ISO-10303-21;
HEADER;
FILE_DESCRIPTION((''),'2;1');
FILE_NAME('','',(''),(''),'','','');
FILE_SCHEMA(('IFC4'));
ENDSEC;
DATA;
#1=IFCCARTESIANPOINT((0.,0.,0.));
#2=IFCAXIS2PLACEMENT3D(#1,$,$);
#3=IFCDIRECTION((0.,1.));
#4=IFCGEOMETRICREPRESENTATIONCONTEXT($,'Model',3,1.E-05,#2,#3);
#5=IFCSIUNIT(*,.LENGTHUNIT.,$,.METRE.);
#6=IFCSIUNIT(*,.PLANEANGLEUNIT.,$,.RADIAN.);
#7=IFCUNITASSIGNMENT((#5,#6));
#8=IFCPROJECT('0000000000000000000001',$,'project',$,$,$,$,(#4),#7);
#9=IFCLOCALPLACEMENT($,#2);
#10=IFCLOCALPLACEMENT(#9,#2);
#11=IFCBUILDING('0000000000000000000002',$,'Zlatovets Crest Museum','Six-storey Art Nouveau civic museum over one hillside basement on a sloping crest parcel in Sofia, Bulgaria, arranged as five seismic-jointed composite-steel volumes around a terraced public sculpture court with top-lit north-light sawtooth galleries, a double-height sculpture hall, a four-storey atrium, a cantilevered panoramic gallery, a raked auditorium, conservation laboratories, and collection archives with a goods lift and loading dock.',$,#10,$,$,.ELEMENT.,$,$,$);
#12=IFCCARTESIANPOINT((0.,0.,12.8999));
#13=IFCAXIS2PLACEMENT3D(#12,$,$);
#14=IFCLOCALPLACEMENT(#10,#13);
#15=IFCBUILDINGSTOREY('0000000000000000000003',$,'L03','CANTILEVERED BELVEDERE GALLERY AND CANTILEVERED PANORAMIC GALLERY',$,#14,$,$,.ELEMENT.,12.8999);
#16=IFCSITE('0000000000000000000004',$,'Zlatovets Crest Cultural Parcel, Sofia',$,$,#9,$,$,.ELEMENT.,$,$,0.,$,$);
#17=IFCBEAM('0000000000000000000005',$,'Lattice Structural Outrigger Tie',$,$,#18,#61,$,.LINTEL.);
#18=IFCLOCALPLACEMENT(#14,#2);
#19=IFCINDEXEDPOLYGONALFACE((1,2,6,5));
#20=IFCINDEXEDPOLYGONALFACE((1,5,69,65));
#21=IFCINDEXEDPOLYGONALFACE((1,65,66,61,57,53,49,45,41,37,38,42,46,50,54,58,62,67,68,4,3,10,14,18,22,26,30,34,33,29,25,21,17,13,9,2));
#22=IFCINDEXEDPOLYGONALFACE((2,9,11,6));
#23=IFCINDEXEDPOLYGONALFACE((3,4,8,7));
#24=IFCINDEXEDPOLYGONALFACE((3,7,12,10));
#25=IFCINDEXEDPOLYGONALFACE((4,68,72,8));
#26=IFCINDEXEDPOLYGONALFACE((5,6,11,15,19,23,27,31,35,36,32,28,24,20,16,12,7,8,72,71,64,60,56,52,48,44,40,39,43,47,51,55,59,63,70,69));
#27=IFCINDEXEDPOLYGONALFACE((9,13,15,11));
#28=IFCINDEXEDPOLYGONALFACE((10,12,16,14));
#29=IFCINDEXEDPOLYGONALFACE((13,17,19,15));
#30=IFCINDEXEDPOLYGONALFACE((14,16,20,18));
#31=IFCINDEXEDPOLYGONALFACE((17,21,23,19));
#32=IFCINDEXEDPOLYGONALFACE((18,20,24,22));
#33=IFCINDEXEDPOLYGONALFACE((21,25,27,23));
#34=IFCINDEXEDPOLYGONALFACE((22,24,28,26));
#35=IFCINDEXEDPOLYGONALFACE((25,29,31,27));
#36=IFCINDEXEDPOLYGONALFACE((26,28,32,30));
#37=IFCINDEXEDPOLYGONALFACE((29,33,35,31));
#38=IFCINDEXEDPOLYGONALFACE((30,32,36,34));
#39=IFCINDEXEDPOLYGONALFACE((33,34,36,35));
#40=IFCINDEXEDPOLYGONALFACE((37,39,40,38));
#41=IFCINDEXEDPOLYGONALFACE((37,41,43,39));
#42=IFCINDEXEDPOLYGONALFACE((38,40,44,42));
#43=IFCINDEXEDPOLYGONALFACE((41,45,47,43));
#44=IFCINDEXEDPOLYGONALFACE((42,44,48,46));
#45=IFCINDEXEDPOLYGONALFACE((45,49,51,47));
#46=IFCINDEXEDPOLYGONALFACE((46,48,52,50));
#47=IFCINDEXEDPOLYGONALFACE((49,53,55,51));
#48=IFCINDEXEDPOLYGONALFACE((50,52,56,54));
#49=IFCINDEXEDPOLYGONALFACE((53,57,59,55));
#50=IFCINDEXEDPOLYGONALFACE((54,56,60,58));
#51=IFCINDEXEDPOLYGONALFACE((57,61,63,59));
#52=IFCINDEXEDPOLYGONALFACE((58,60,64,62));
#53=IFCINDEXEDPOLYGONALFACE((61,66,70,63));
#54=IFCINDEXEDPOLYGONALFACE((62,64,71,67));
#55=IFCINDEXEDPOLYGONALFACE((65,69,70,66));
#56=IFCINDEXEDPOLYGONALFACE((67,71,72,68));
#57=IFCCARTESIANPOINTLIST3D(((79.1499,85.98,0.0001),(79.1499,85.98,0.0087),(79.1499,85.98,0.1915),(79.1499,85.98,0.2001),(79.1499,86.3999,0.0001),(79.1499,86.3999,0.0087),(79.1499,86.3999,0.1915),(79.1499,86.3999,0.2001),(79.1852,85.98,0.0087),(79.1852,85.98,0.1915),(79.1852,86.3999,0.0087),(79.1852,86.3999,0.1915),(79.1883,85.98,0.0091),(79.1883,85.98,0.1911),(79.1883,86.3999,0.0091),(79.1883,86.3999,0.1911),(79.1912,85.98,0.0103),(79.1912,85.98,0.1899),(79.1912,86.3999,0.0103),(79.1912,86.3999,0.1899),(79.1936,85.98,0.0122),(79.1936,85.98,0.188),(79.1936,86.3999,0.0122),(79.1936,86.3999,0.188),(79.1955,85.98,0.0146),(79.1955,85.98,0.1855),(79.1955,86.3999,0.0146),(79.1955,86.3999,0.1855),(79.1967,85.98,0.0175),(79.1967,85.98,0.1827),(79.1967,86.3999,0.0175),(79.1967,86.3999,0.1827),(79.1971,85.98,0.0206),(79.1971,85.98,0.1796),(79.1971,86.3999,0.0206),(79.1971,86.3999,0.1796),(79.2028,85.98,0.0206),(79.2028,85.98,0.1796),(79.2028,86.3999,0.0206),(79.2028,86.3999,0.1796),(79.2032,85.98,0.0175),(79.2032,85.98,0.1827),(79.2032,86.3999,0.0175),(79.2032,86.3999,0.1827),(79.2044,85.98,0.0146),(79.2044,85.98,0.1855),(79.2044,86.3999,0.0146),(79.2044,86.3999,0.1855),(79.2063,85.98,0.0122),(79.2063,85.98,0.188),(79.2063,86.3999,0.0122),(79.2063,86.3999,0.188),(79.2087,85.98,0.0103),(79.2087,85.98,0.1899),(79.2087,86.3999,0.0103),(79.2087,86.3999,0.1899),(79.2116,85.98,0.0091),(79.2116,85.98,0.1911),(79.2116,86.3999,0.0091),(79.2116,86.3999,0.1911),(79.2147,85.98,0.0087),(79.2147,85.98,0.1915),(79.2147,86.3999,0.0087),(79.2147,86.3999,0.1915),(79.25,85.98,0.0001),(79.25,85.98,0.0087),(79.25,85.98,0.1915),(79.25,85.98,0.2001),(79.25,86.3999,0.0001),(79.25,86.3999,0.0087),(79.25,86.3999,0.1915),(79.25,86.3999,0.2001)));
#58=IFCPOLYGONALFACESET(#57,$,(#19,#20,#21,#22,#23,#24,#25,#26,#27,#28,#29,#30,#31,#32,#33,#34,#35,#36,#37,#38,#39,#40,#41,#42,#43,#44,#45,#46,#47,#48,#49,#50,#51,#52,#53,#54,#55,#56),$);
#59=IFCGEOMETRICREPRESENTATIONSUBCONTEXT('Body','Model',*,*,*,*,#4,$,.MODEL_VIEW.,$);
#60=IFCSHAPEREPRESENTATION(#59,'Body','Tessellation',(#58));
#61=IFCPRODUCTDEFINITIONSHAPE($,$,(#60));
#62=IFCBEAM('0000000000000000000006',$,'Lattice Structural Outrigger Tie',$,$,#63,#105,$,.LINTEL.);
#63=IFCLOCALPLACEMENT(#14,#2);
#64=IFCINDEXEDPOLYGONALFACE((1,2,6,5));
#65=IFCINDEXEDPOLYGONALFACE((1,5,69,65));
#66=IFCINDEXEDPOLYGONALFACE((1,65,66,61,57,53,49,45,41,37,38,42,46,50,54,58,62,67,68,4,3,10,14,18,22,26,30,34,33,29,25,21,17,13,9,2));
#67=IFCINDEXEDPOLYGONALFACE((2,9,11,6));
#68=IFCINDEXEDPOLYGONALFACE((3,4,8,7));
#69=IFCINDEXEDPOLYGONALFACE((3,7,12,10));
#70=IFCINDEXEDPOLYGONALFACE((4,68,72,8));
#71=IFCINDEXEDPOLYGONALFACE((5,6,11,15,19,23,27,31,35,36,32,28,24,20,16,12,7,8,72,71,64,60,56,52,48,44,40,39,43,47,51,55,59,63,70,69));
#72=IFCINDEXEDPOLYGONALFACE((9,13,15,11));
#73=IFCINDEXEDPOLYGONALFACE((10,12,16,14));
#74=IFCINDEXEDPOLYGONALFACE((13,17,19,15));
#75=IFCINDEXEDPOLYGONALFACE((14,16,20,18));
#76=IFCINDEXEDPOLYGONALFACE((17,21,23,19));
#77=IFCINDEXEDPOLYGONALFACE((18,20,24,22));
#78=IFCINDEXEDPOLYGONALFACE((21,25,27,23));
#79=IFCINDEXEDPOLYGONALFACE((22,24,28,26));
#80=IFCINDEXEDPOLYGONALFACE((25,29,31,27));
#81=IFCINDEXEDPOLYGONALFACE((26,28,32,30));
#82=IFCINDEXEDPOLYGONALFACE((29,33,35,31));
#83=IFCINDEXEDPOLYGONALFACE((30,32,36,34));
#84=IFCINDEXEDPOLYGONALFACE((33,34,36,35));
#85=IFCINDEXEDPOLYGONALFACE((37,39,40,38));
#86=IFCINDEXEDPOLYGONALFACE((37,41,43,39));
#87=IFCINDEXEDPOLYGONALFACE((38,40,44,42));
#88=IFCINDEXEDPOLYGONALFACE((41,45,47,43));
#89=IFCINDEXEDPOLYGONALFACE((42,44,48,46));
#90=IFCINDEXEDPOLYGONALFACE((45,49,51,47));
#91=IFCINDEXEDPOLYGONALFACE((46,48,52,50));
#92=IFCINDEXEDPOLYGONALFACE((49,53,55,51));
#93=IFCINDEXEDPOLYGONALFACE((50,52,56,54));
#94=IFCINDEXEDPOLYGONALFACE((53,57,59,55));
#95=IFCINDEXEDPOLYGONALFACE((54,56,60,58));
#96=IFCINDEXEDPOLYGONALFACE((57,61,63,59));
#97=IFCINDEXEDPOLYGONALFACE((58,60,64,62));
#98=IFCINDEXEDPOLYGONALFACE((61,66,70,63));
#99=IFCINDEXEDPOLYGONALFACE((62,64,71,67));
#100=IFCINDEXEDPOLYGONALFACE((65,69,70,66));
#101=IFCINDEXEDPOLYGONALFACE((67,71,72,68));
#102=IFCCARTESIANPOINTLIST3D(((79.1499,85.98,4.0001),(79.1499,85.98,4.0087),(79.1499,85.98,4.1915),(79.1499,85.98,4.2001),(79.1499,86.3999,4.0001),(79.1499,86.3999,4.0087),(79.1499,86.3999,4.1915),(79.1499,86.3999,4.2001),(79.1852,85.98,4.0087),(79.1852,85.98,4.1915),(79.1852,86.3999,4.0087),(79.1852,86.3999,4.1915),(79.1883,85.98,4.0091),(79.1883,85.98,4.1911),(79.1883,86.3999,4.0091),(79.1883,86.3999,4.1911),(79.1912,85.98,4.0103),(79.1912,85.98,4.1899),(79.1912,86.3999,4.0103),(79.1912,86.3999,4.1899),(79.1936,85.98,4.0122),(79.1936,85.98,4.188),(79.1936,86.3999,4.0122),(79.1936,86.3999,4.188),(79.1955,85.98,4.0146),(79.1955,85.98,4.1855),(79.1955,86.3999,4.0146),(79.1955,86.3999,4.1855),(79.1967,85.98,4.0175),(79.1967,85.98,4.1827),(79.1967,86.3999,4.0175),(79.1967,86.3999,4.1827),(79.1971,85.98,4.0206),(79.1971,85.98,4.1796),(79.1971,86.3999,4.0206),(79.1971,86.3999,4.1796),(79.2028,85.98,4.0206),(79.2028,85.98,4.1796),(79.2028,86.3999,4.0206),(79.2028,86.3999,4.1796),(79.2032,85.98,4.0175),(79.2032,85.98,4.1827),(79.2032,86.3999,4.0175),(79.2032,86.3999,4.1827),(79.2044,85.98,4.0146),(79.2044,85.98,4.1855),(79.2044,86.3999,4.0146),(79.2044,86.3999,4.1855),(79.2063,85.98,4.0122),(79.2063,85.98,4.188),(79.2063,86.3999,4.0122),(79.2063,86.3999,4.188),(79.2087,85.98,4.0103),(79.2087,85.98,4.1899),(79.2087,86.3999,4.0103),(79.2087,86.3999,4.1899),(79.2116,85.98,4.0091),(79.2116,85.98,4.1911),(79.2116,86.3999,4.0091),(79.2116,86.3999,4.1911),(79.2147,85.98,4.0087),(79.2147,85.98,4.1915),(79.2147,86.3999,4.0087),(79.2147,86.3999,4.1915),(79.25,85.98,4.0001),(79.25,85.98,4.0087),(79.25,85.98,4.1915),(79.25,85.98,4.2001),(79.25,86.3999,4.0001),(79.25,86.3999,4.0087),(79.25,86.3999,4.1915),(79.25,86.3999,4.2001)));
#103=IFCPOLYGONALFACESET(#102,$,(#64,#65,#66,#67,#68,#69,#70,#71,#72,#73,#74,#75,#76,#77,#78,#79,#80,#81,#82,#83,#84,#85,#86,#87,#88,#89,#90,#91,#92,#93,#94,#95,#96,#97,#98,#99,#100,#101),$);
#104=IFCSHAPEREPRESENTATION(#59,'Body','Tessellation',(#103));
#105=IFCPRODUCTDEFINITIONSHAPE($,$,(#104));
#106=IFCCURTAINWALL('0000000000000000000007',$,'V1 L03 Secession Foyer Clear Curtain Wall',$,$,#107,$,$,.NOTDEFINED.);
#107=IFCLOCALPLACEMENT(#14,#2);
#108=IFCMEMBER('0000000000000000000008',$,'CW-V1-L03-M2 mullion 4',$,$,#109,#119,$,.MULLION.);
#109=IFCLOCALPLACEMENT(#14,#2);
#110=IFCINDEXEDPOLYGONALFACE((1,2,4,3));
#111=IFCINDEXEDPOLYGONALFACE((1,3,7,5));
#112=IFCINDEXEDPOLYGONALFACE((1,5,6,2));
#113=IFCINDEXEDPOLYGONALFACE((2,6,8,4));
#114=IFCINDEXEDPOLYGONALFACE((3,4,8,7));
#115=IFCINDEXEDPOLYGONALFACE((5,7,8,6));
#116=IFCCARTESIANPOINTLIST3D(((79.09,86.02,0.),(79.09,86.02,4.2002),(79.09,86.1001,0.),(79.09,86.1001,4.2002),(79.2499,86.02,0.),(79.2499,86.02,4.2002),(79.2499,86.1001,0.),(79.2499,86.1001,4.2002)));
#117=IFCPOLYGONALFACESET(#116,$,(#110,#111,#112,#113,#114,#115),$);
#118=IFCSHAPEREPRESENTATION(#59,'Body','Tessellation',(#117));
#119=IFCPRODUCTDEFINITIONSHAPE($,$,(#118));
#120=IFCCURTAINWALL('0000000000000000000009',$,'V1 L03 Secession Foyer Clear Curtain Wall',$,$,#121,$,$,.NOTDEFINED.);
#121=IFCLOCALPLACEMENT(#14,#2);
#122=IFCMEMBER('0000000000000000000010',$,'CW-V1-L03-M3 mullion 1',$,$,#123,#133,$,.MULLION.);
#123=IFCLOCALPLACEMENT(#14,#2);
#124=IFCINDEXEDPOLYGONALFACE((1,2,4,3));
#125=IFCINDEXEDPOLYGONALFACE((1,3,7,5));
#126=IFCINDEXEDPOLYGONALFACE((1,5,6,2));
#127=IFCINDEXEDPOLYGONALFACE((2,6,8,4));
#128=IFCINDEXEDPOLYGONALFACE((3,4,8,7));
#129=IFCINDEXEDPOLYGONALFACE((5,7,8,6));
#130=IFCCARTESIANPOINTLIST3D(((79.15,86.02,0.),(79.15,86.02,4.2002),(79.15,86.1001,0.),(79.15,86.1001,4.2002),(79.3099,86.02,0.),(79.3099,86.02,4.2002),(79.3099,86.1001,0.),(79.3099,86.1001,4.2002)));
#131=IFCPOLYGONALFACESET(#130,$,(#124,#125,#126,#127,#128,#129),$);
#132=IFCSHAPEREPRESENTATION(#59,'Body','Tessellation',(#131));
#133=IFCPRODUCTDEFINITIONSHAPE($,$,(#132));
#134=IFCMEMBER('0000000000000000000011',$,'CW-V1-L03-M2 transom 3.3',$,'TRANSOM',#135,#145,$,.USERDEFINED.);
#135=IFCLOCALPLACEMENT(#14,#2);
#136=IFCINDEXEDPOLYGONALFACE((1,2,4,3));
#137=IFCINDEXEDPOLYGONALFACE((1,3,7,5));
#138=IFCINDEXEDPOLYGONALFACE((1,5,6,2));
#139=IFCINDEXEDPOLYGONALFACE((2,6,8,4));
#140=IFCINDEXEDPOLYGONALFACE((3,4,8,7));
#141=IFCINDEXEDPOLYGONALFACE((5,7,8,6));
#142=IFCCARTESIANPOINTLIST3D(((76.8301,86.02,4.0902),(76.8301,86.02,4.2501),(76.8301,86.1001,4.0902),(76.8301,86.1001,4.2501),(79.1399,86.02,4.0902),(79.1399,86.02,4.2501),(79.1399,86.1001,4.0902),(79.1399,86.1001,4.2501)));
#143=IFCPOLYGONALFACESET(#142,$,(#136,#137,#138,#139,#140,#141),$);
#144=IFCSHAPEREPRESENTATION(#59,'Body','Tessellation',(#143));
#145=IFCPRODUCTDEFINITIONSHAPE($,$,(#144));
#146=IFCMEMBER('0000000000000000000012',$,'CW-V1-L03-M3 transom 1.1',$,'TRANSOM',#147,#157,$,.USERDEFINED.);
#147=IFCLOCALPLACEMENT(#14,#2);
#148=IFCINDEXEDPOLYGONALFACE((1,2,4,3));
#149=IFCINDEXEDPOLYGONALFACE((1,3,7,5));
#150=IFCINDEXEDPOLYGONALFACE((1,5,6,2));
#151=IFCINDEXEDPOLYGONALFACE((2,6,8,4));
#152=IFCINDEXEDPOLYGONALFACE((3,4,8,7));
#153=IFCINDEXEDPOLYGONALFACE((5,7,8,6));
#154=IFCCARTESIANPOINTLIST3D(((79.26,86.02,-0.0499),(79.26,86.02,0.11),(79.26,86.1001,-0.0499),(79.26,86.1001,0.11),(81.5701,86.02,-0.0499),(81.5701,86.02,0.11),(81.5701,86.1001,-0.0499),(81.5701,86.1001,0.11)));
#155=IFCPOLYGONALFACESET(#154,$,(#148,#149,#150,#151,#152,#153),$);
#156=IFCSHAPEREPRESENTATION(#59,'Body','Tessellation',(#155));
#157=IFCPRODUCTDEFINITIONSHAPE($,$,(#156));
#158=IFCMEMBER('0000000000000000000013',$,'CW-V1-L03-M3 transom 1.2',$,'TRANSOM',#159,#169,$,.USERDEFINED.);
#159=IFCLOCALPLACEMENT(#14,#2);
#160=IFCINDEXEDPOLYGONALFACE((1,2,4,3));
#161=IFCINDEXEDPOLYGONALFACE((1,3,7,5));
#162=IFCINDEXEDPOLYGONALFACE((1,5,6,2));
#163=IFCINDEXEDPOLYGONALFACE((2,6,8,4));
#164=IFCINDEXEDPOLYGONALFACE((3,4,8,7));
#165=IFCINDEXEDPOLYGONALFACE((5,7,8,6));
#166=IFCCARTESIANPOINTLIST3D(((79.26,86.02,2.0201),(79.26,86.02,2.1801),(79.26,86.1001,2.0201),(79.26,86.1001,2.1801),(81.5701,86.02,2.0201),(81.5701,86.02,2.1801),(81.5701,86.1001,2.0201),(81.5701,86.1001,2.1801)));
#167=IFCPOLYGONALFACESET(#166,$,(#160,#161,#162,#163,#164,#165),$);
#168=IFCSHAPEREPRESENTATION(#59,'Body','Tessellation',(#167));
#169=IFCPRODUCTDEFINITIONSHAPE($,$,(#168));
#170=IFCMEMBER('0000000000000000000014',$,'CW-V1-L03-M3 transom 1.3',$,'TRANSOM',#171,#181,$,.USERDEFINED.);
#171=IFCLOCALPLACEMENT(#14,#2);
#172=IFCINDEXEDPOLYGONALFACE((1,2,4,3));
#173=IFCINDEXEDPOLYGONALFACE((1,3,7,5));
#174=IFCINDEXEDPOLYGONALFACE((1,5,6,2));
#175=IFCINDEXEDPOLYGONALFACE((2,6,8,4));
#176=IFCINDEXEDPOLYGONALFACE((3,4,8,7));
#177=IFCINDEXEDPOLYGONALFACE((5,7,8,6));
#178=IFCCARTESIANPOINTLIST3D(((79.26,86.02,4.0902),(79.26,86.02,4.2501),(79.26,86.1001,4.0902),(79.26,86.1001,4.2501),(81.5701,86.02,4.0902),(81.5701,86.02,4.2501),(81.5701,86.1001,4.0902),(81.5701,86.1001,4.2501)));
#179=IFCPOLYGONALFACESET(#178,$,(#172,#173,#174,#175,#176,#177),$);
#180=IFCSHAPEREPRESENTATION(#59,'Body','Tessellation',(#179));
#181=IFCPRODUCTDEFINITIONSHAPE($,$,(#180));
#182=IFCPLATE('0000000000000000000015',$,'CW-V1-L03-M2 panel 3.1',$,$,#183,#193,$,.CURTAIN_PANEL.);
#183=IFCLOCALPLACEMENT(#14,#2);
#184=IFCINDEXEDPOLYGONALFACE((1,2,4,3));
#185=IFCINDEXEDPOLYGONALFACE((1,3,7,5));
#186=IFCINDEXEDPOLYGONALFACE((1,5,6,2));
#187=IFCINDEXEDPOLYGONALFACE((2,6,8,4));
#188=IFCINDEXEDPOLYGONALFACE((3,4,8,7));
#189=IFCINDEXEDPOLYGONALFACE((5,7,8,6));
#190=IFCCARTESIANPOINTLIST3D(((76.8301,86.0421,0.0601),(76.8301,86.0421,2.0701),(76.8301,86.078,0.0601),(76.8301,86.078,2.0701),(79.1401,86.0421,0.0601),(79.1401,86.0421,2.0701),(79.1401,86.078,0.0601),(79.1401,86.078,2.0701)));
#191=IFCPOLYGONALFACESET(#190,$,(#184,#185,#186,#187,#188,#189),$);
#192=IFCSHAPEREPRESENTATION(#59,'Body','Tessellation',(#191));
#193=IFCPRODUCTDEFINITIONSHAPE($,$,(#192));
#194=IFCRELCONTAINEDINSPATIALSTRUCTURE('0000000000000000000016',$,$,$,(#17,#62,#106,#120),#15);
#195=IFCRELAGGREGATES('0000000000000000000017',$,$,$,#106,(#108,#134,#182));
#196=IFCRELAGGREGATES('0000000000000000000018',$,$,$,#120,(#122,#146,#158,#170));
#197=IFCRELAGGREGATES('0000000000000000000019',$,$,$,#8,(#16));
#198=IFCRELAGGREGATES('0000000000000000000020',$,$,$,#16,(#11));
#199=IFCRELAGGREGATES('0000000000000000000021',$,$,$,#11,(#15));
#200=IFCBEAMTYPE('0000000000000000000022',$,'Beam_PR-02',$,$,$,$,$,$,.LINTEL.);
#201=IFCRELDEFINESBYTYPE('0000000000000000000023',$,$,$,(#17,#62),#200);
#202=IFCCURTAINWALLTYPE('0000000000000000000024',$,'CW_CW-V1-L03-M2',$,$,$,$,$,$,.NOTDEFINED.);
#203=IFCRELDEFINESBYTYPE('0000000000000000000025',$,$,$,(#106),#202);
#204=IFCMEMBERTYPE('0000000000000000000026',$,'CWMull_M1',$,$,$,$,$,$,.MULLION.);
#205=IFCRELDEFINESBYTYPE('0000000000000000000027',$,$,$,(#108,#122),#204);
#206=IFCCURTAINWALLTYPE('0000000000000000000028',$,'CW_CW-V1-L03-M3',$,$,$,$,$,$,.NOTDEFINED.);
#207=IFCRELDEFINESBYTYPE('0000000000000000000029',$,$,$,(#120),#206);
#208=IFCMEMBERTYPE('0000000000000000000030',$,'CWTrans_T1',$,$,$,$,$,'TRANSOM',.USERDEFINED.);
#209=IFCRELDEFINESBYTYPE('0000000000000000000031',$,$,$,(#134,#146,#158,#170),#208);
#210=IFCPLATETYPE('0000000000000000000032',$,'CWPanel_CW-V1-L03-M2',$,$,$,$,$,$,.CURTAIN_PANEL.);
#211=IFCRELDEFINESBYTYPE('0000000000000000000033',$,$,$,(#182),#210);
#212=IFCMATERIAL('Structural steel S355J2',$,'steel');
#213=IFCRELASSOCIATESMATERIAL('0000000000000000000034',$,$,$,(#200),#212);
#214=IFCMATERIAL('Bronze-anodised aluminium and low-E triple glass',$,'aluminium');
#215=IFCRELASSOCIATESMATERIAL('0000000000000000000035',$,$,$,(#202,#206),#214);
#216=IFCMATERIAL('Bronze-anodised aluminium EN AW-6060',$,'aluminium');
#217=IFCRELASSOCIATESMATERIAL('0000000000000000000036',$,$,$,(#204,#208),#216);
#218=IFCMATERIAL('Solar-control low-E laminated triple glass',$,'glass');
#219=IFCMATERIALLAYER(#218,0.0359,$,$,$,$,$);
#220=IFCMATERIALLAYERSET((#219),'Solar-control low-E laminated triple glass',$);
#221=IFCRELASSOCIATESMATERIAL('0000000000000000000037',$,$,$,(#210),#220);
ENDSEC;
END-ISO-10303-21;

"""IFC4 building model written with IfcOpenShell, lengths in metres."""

from ifc_helpers import new_model, si_unit, direction, frame, origin, origin_2d, place, context, subcontext, project, spatial, rectangle, i_section, extrude, material, layer, layer_set, material_profile, profile_set, type_object, element, aggregate, save


model = new_model("IFC4")

# Units and contexts
model_context = context("Model", 3, precision=1e-05, world=origin(), true_north=direction((0.0, 1.0)))
body_context = subcontext(model_context, "Body", "Model", "MODEL_VIEW")
ifc_project = project(units=[si_unit("LENGTHUNIT", "METRE"), si_unit("PLANEANGLEUNIT", "RADIAN")], contexts=[model_context])

# Site, building, storey
site_placement = place(None, origin())
site = spatial("IfcSite", under=ifc_project, at=site_placement, Name="Zlatovets Crest Cultural Parcel, Sofia", CompositionType="ELEMENT", RefElevation=0.0)
building_placement = place(site_placement, origin())
building = spatial("IfcBuilding", under=site, at=building_placement, Name="Zlatovets Crest Museum", Description="Six-storey Art Nouveau civic museum over one hillside basement on a sloping crest parcel in Sofia, Bulgaria, arranged as five seismic-jointed composite-steel volumes around a terraced public sculpture court with top-lit north-light sawtooth galleries, a double-height sculpture hall, a four-storey atrium, a cantilevered panoramic gallery, a raked auditorium, conservation laboratories, and collection archives with a goods lift and loading dock.", CompositionType="ELEMENT")
storey_placement = place(building_placement, frame((0.0, 0.0, 12.8999)))
storey = spatial("IfcBuildingStorey", under=building, at=storey_placement, Name="L03", Description="CANTILEVERED BELVEDERE GALLERY AND CANTILEVERED PANORAMIC GALLERY", CompositionType="ELEMENT", Elevation=12.8999)

# Shared definitions
ifc_material_1 = material(Name="Structural steel S355J2", Category="steel")

# Beams
ifc_material_profile_1 = material_profile(ifc_material_1, i_section(OverallWidth=0.1001, OverallDepth=0.2, WebThickness=0.0056, FlangeThickness=0.0085, FilletRadius=0.012, at=origin_2d()), Name="IPE 200")
ifc_profile_set_1 = profile_set([ifc_material_profile_1], Name="Structural steel S355J2")
beam_type_1 = type_object("IfcBeamType", Name="Beam_PR-02", PredefinedType="LINTEL", material=ifc_profile_set_1)
for number, where, z_axis, x_axis, name in (
    (1, (79.2, 86.3999, 0.1001), (0.0, -1.0, 0.0), (1.0, 0.0, 0.0), "Lattice Structural Outrigger Tie"),
    (2, (79.2, 86.3999, 4.1001), (0.0, -1.0, 0.0), (1.0, 0.0, 0.0), "Lattice Structural Outrigger Tie"),
):
    element("IfcBeam", number, at=place(storey_placement, frame(where, z_axis=z_axis, x_axis=x_axis)), inside=storey, type_object=beam_type_1, Name=name, PredefinedType="LINTEL", context=body_context, shape_type="SweptSolid", body=[
        extrude(i_section(OverallWidth=0.1001, OverallDepth=0.2, WebThickness=0.0056, FlangeThickness=0.0085, FilletRadius=0.012, at=origin_2d()), origin(), (0.0, 0.0, 1.0), 0.4199),
    ])

# Curtain walls, members
ifc_material_2 = material(Name="Bronze-anodised aluminium and low-E triple glass", Category="aluminium")
curtain_wall_type_1 = type_object("IfcCurtainWallType", Name="CW_CW-V1-L03-M2", PredefinedType="NOTDEFINED", material=ifc_material_2)
curtain_wall_1_placement = place(storey_placement, origin())
curtain_wall_1 = element("IfcCurtainWall", 3, at=curtain_wall_1_placement, inside=storey, type_object=curtain_wall_type_1, Name="V1 L03 Secession Foyer Clear Curtain Wall", PredefinedType="NOTDEFINED")
ifc_material_3 = material(Name="Bronze-anodised aluminium EN AW-6060", Category="aluminium")
ifc_material_profile_2 = material_profile(ifc_material_3, rectangle(XDim=0.0801, YDim=0.1599, at=origin_2d()), Name="ALU 80x160")
ifc_profile_set_2 = profile_set([ifc_material_profile_2], Name="Bronze-anodised aluminium EN AW-6060")
member_type_1 = type_object("IfcMemberType", Name="CWMull_M1", PredefinedType="MULLION", material=ifc_profile_set_2)
member_1_placement = place(storey_placement, frame((79.1699, 86.0601, 0.0), z_axis=(0.0, 0.0, 1.0), x_axis=(0.0, 1.0, 0.0)))
member_1 = element("IfcMember", 4, at=member_1_placement, type_object=member_type_1, Name="CW-V1-L03-M2 mullion 4", PredefinedType="MULLION", context=body_context, shape_type="SweptSolid", body=[
    extrude(rectangle(XDim=0.0801, YDim=0.1599, at=origin_2d()), origin(), (0.0, 0.0, 1.0), 4.2002),
])
curtain_wall_type_2 = type_object("IfcCurtainWallType", Name="CW_CW-V1-L03-M3", PredefinedType="NOTDEFINED", material=ifc_material_2)
curtain_wall_2_placement = place(storey_placement, origin())
curtain_wall_2 = element("IfcCurtainWall", 5, at=curtain_wall_2_placement, inside=storey, type_object=curtain_wall_type_2, Name="V1 L03 Secession Foyer Clear Curtain Wall", PredefinedType="NOTDEFINED")
member_2_placement = place(storey_placement, frame((79.23, 86.0601, 0.0), z_axis=(0.0, 0.0, 1.0), x_axis=(0.0, 1.0, 0.0)))
member_2 = element("IfcMember", 6, at=member_2_placement, type_object=member_type_1, Name="CW-V1-L03-M3 mullion 1", PredefinedType="MULLION", context=body_context, shape_type="SweptSolid", body=[
    extrude(rectangle(XDim=0.0801, YDim=0.1599, at=origin_2d()), origin(), (0.0, 0.0, 1.0), 4.2002),
])

# Members
ifc_material_profile_3 = material_profile(ifc_material_3, rectangle(XDim=0.0801, YDim=0.1599, at=origin_2d()), Name="ALU 80x160")
ifc_profile_set_3 = profile_set([ifc_material_profile_3], Name="Bronze-anodised aluminium EN AW-6060")
member_type_2 = type_object("IfcMemberType", Name="CWTrans_T1", ElementType="TRANSOM", PredefinedType="USERDEFINED", material=ifc_profile_set_3)
member_3_placement = place(storey_placement, frame((76.8301, 86.0601, 4.1702), z_axis=(1.0, 0.0, 0.0), x_axis=(0.0, 1.0, 0.0)))
member_3 = element("IfcMember", 7, at=member_3_placement, type_object=member_type_2, Name="CW-V1-L03-M2 transom 3.3", ObjectType="TRANSOM", PredefinedType="USERDEFINED", context=body_context, shape_type="SweptSolid", body=[
    extrude(rectangle(XDim=0.0801, YDim=0.1599, at=origin_2d()), origin(), (0.0, 0.0, 1.0), 2.3098),
])
member_4_placement = place(storey_placement, frame((79.26, 86.0601, 0.03), z_axis=(1.0, 0.0, 0.0), x_axis=(0.0, 1.0, 0.0)))
member_4 = element("IfcMember", 8, at=member_4_placement, type_object=member_type_2, Name="CW-V1-L03-M3 transom 1.1", ObjectType="TRANSOM", PredefinedType="USERDEFINED", context=body_context, shape_type="SweptSolid", body=[
    extrude(rectangle(XDim=0.0801, YDim=0.1599, at=origin_2d()), origin(), (0.0, 0.0, 1.0), 2.3101),
])
member_5_placement = place(storey_placement, frame((79.26, 86.0601, 2.1001), z_axis=(1.0, 0.0, 0.0), x_axis=(0.0, 1.0, 0.0)))
member_5 = element("IfcMember", 9, at=member_5_placement, type_object=member_type_2, Name="CW-V1-L03-M3 transom 1.2", ObjectType="TRANSOM", PredefinedType="USERDEFINED", context=body_context, shape_type="SweptSolid", body=[
    extrude(rectangle(XDim=0.0801, YDim=0.1599, at=origin_2d()), origin(), (0.0, 0.0, 1.0), 2.3101),
])
member_6_placement = place(storey_placement, frame((79.26, 86.0601, 4.1702), z_axis=(1.0, 0.0, 0.0), x_axis=(0.0, 1.0, 0.0)))
member_6 = element("IfcMember", 10, at=member_6_placement, type_object=member_type_2, Name="CW-V1-L03-M3 transom 1.3", ObjectType="TRANSOM", PredefinedType="USERDEFINED", context=body_context, shape_type="SweptSolid", body=[
    extrude(rectangle(XDim=0.0801, YDim=0.1599, at=origin_2d()), origin(), (0.0, 0.0, 1.0), 2.3101),
])

# Plate
ifc_material_4 = material(Name="Solar-control low-E laminated triple glass", Category="glass")
ifc_layer_1 = layer(ifc_material_4, 0.0359)
ifc_layer_set_1 = layer_set([ifc_layer_1], Name="Solar-control low-E laminated triple glass")
plate_type_1 = type_object("IfcPlateType", Name="CWPanel_CW-V1-L03-M2", PredefinedType="CURTAIN_PANEL", material=ifc_layer_set_1)
plate_1_placement = place(storey_placement, frame((77.9851, 86.0601, 0.0601), z_axis=(0.0, 0.0, 1.0), x_axis=(1.0, 0.0, 0.0)))
plate_1 = element("IfcPlate", 11, at=plate_1_placement, type_object=plate_type_1, Name="CW-V1-L03-M2 panel 3.1", PredefinedType="CURTAIN_PANEL", context=body_context, shape_type="SweptSolid", body=[
    extrude(rectangle(XDim=2.3101, YDim=0.0359, at=origin_2d()), origin(), (0.0, 0.0, 1.0), 2.01),
])
aggregate(curtain_wall_1, [member_1, member_3, plate_1])
aggregate(curtain_wall_2, [member_2, member_4, member_5, member_6])

save(model, "model.ifc")
